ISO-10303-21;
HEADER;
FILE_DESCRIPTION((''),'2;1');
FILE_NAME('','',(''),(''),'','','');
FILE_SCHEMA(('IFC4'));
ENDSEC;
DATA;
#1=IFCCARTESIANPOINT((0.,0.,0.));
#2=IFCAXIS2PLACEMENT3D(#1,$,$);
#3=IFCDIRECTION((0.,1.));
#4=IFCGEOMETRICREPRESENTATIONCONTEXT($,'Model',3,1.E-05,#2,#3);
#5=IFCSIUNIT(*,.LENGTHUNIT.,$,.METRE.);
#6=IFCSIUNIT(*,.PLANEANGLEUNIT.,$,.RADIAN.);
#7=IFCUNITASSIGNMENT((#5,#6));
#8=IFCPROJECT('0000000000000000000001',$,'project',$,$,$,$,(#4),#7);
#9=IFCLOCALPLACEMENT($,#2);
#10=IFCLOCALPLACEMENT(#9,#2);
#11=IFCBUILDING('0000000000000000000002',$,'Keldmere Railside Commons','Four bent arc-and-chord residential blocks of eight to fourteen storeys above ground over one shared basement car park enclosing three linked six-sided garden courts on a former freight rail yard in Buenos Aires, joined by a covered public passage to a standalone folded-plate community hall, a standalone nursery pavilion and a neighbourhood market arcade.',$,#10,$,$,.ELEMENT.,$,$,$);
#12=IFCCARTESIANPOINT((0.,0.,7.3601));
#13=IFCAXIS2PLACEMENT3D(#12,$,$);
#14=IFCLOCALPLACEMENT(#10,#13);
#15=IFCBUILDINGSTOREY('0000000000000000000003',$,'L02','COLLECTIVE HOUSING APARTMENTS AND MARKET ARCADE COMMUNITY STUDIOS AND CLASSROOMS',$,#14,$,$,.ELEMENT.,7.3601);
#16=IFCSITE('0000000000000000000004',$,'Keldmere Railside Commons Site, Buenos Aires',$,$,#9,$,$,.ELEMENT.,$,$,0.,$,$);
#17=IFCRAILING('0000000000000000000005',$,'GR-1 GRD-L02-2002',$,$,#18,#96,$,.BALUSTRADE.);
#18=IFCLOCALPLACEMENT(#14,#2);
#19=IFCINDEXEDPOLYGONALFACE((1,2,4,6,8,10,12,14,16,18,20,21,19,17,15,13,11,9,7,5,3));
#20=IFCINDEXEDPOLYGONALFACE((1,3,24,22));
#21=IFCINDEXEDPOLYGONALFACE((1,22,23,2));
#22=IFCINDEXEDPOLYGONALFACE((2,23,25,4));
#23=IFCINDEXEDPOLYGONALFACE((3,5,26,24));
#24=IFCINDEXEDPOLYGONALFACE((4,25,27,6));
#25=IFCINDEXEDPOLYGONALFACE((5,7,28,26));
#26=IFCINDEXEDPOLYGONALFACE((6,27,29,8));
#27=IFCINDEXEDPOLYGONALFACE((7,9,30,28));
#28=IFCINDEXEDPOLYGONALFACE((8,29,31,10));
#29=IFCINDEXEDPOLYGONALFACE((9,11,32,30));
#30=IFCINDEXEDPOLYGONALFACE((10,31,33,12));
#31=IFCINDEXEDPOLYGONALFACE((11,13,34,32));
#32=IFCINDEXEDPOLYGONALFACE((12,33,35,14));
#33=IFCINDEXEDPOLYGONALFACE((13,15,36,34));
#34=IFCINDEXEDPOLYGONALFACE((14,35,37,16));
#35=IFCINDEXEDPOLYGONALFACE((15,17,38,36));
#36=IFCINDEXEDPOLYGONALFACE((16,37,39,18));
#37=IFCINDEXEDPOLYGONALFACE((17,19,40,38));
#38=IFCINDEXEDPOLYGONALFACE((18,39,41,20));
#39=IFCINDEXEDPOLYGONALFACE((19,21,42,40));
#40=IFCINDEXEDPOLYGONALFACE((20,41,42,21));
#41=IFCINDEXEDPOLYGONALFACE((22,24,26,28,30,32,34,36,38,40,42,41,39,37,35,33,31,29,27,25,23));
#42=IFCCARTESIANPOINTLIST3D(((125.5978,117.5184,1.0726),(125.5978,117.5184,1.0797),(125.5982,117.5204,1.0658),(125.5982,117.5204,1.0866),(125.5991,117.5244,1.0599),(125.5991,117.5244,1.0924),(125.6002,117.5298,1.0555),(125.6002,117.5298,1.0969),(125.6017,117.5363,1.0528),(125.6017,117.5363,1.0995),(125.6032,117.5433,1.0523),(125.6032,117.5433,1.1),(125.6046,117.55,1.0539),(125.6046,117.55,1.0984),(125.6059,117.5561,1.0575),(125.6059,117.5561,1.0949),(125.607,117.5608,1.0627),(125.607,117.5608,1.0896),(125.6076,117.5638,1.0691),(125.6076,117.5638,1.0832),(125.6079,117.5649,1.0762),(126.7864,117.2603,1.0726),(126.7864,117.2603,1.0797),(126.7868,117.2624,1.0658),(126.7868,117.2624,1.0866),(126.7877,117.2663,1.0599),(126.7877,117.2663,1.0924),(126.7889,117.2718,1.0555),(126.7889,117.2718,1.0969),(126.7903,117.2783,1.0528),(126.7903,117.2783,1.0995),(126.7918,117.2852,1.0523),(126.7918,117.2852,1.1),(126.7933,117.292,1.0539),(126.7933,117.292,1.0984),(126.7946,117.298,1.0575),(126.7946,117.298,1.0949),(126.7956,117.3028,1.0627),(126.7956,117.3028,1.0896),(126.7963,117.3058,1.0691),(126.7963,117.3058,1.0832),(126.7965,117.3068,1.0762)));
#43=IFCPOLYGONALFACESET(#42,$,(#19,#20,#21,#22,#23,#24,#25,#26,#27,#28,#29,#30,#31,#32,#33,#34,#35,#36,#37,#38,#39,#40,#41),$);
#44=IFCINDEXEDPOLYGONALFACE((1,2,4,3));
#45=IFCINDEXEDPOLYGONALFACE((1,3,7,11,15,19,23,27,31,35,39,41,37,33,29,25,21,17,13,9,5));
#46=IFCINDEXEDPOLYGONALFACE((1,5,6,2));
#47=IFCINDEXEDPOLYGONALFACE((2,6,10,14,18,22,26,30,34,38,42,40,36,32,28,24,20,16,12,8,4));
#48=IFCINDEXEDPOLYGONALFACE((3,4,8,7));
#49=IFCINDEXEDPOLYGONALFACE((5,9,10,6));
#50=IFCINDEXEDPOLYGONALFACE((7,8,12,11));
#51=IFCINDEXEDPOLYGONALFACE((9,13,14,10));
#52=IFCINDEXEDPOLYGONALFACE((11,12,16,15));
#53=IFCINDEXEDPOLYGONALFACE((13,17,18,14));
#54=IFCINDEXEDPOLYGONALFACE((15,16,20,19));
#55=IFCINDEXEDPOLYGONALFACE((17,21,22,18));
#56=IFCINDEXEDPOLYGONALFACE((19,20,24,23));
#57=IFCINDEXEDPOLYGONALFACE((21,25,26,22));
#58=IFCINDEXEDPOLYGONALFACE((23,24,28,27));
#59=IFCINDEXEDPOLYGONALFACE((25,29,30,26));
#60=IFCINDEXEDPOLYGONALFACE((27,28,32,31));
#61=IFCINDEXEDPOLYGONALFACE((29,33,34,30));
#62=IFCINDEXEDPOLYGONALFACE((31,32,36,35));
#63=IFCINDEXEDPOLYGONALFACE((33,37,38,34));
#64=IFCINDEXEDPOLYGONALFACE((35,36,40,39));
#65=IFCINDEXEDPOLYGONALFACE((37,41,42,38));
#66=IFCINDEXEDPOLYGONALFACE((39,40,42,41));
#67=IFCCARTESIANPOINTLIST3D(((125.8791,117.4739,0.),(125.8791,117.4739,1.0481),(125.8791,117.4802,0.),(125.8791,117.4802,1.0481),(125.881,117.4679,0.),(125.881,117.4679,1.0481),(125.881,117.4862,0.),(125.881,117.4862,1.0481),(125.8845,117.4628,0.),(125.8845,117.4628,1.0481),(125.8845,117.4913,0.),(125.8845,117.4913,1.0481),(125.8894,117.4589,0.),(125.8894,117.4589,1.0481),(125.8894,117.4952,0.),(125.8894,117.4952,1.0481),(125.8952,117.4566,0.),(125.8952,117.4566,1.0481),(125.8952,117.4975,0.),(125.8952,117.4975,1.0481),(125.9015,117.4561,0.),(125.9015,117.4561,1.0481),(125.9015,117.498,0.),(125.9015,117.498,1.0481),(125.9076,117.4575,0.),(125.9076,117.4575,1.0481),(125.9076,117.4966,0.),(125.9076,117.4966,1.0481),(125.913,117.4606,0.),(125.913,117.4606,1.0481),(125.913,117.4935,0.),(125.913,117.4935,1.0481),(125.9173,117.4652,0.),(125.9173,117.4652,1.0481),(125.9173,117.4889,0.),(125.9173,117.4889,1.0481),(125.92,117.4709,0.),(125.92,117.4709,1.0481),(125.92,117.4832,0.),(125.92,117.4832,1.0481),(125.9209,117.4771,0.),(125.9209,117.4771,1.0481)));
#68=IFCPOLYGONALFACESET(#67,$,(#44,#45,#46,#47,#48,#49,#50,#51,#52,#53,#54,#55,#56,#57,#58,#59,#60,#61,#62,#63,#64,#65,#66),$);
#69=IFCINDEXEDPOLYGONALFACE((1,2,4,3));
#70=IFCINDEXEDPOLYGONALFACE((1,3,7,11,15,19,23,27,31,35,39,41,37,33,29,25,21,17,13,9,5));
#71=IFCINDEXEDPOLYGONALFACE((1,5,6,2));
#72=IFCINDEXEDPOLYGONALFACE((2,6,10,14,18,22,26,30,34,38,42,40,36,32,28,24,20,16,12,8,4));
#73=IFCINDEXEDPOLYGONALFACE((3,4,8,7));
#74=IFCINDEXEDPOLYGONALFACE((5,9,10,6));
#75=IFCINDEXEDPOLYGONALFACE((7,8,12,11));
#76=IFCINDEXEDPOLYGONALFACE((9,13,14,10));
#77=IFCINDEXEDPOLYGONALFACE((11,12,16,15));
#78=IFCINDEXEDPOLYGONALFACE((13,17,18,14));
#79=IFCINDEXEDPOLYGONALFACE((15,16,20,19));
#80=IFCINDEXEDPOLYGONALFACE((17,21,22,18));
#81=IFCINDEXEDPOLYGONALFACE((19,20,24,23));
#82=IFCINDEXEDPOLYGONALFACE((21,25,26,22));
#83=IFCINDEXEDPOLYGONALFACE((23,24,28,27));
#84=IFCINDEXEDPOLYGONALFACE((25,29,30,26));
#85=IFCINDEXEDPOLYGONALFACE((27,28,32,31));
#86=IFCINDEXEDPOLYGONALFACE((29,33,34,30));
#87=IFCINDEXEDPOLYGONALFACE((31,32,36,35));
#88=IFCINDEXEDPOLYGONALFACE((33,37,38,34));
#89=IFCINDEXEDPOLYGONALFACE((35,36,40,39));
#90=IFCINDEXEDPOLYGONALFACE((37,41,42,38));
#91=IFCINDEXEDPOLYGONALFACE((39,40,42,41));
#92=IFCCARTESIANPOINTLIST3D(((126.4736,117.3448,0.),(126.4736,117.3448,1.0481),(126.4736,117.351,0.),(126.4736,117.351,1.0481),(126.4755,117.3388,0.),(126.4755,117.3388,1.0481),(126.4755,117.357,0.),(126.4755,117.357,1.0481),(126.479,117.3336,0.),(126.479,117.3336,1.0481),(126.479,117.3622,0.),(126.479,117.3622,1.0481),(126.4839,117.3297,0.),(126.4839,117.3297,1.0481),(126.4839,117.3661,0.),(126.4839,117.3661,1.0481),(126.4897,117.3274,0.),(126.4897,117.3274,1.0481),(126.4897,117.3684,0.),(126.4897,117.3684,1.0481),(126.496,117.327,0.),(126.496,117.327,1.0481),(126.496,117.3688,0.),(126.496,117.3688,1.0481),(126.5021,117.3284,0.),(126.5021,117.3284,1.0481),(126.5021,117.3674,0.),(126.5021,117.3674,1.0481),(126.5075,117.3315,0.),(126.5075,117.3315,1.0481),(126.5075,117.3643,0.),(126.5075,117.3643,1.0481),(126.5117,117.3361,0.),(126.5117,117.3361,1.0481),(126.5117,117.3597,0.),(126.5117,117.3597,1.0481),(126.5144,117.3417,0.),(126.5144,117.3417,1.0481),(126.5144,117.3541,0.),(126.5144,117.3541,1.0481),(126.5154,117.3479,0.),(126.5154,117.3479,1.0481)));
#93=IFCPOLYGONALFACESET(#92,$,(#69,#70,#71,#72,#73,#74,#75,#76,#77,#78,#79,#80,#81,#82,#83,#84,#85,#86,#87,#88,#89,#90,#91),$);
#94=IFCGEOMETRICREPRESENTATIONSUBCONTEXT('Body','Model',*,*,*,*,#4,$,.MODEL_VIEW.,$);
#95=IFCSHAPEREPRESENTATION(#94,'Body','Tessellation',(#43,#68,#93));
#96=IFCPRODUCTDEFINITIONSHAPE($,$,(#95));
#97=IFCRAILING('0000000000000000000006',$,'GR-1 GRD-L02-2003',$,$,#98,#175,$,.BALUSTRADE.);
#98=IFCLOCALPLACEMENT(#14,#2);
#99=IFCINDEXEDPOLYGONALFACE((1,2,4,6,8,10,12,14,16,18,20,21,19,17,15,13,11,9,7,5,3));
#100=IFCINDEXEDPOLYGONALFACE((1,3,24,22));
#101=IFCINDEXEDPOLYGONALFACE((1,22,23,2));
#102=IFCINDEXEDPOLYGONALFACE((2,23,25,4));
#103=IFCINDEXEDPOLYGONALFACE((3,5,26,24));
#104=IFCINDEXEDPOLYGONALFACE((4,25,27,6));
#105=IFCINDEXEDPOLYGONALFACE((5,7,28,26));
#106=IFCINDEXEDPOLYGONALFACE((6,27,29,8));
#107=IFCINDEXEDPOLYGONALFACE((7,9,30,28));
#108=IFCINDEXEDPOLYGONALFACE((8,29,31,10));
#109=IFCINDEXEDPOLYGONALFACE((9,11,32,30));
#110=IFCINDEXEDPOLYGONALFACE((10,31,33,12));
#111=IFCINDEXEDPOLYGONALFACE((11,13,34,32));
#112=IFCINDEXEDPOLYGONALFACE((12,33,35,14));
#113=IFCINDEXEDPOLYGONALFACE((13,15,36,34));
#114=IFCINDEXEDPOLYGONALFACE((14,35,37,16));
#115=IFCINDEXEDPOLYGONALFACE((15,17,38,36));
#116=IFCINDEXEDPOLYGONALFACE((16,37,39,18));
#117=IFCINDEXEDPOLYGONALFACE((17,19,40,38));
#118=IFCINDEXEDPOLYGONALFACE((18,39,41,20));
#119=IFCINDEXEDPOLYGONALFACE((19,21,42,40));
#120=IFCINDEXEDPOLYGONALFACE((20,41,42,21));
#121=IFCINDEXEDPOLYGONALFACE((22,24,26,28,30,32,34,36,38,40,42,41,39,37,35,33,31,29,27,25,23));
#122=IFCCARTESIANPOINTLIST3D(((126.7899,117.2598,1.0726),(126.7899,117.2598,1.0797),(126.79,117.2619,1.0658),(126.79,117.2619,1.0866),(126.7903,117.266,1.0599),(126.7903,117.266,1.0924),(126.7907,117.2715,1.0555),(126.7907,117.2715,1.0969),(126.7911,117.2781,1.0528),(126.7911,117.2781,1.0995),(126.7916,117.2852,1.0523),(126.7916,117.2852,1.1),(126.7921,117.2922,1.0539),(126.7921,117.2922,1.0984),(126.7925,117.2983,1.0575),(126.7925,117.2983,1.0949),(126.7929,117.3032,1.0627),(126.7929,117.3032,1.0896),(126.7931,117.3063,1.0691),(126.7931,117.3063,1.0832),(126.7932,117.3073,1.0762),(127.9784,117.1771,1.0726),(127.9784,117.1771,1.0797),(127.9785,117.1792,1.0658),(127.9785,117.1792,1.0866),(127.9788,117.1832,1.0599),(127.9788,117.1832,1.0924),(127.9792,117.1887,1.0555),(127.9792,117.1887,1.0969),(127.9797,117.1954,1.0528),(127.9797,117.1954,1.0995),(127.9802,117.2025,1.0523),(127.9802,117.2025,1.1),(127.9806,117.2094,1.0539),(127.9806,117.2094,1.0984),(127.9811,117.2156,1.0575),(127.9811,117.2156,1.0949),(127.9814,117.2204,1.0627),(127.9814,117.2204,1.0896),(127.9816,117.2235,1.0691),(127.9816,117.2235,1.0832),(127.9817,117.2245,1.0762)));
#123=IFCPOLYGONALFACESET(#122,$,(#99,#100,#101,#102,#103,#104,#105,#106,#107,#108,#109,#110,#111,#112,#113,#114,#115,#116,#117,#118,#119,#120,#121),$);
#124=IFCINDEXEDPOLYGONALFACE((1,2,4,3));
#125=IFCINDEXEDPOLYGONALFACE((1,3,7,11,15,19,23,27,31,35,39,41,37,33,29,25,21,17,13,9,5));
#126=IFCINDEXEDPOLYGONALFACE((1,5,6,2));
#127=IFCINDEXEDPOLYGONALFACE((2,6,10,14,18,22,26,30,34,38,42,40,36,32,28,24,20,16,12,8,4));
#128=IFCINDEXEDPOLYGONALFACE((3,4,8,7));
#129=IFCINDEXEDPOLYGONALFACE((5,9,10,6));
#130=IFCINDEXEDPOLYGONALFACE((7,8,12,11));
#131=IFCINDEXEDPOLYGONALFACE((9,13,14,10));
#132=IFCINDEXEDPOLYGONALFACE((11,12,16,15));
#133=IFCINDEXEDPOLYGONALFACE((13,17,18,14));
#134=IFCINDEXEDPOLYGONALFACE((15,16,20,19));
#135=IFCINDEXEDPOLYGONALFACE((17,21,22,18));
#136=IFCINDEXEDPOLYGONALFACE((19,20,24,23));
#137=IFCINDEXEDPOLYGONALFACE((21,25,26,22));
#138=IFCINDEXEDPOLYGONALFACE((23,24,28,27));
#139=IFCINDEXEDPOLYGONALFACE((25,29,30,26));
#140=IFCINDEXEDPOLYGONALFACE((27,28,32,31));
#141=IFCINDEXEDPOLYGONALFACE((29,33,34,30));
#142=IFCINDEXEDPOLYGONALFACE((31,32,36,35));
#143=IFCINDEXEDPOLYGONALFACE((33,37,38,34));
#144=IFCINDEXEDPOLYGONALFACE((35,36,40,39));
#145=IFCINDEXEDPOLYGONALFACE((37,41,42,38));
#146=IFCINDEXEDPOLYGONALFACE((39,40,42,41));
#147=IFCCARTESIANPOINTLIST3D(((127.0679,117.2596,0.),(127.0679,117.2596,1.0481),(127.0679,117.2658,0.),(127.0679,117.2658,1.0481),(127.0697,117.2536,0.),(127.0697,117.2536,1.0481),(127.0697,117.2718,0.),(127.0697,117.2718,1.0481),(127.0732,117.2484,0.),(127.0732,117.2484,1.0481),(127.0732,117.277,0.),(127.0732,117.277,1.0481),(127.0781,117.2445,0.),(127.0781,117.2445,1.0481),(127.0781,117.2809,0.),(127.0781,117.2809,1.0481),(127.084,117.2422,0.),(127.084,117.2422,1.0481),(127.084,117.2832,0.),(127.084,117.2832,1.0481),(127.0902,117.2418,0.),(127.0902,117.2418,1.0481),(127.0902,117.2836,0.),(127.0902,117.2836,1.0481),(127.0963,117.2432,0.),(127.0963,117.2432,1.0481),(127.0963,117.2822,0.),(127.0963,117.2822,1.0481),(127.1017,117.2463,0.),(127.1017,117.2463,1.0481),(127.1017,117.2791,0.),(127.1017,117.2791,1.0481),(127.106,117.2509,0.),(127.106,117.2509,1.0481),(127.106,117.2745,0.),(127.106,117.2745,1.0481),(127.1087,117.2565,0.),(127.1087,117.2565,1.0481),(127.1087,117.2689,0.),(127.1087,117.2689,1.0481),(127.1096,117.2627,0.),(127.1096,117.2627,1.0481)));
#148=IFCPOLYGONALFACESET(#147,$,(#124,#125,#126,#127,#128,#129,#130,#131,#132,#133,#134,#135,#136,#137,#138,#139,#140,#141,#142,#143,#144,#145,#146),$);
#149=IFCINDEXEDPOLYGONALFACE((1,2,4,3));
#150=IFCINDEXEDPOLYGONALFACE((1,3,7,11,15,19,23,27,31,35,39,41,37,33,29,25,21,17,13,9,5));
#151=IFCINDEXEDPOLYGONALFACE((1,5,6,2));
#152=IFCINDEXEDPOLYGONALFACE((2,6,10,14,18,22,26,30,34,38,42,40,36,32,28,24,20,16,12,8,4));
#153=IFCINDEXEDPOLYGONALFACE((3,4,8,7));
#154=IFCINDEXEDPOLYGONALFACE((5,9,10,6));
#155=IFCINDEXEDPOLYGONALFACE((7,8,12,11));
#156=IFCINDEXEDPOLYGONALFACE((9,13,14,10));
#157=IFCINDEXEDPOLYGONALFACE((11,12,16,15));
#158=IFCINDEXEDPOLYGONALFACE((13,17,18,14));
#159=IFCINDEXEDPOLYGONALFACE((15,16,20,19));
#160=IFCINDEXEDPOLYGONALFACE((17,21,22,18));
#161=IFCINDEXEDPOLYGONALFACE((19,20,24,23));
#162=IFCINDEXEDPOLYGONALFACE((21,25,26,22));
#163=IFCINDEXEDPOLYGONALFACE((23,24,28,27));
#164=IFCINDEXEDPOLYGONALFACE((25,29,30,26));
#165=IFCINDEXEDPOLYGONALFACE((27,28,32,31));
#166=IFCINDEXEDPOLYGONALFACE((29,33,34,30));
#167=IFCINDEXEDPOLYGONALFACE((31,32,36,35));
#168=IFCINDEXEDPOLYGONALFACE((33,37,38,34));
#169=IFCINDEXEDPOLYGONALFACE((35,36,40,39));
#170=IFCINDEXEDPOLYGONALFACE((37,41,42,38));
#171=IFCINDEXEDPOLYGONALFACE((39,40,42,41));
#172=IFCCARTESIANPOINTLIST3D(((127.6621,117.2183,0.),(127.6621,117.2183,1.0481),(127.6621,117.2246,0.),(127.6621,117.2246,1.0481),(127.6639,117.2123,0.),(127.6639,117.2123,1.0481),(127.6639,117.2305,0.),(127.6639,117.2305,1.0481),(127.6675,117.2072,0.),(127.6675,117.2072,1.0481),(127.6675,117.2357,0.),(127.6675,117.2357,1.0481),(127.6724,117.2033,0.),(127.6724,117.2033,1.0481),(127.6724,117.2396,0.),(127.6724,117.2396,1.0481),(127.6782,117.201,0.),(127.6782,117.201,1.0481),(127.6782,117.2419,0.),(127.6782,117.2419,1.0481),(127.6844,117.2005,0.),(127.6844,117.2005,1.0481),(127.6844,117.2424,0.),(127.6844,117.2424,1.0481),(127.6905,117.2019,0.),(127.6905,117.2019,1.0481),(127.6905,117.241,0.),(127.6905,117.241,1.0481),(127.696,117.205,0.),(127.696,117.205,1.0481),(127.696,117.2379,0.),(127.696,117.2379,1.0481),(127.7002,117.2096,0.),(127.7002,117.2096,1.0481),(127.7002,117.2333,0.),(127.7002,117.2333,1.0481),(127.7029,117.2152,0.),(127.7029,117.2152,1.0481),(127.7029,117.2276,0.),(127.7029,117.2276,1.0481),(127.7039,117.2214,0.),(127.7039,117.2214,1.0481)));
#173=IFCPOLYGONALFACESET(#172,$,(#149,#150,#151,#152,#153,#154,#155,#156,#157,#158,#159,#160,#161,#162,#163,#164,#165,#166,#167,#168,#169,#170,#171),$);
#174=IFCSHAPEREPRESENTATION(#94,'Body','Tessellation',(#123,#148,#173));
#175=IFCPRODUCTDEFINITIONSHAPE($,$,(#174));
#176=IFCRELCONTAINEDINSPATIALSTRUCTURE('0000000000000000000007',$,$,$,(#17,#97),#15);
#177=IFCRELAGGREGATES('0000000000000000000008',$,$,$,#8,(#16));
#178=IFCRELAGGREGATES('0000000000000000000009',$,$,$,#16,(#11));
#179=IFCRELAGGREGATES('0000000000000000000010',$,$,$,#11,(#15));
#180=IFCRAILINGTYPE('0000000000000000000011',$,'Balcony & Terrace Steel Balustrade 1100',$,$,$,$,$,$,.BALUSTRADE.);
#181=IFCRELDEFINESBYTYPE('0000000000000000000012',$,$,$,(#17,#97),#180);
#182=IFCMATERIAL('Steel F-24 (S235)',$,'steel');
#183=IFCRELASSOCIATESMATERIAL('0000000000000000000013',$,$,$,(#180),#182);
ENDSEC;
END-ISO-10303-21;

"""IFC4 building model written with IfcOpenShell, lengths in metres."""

from ifc_helpers import new_model, si_unit, direction, frame, origin, origin_2d, place, context, subcontext, project, spatial, circle, extrude, material, type_object, element, save


model = new_model("IFC4")

# Units and contexts
model_context = context("Model", 3, precision=1e-05, world=origin(), true_north=direction((0.0, 1.0)))
body_context = subcontext(model_context, "Body", "Model", "MODEL_VIEW")
ifc_project = project(units=[si_unit("LENGTHUNIT", "METRE"), si_unit("PLANEANGLEUNIT", "RADIAN")], contexts=[model_context])

# Site, building, storey
site_placement = place(None, origin())
site = spatial("IfcSite", under=ifc_project, at=site_placement, Name="Keldmere Railside Commons Site, Buenos Aires", CompositionType="ELEMENT", RefElevation=0.0)
building_placement = place(site_placement, origin())
building = spatial("IfcBuilding", under=site, at=building_placement, Name="Keldmere Railside Commons", Description="Four bent arc-and-chord residential blocks of eight to fourteen storeys above ground over one shared basement car park enclosing three linked six-sided garden courts on a former freight rail yard in Buenos Aires, joined by a covered public passage to a standalone folded-plate community hall, a standalone nursery pavilion and a neighbourhood market arcade.", CompositionType="ELEMENT")
storey_placement = place(building_placement, frame((0.0, 0.0, 7.3601)))
storey = spatial("IfcBuildingStorey", under=building, at=storey_placement, Name="L02", Description="COLLECTIVE HOUSING APARTMENTS AND MARKET ARCADE COMMUNITY STUDIOS AND CLASSROOMS", CompositionType="ELEMENT", Elevation=7.3601)

# Railings
ifc_material_1 = material(Name="Steel F-24 (S235)", Category="steel")
railing_type = type_object("IfcRailingType", Name="Balcony & Terrace Steel Balustrade 1100", PredefinedType="BALUSTRADE", material=ifc_material_1)
railing_1_placement = place(storey_placement, frame((125.6028, 117.5415, 0.0)))
element("IfcRailing", 1, at=railing_1_placement, inside=storey, type_object=railing_type, Name="GR-1 GRD-L02-2002", PredefinedType="BALUSTRADE", context=body_context, shape_type="SweptSolid", body=[
    extrude(circle(Radius=0.0239, at=origin_2d()), frame((0.0, 0.0, 1.0762), z_axis=(0.977238, -0.212146, 0.0), x_axis=(0.212146, 0.977238, 0.0)), (0.0, 0.0, 1.0), 1.2163),
    extrude(circle(Radius=0.021, at=origin_2d()), frame((0.2971, -0.0645, 0.0)), (0.0, 0.0, 1.0), 1.0481),
    extrude(circle(Radius=0.021, at=origin_2d()), frame((0.8916, -0.1936, 0.0)), (0.0, 0.0, 1.0), 1.0481),
])
railing_2_placement = place(storey_placement, frame((126.7915, 117.2834, 0.0)))
element("IfcRailing", 2, at=railing_2_placement, inside=storey, type_object=railing_type, Name="GR-1 GRD-L02-2003", PredefinedType="BALUSTRADE", context=body_context, shape_type="SweptSolid", body=[
    extrude(circle(Radius=0.0239, at=origin_2d()), frame((0.0, 0.0, 1.0762), z_axis=(0.997584, -0.06947, 0.0), x_axis=(0.06947, 0.997584, 0.0)), (0.0, 0.0, 1.0), 1.1914),
    extrude(circle(Radius=0.021, at=origin_2d()), frame((0.2971, -0.0208, 0.0)), (0.0, 0.0, 1.0), 1.0481),
    extrude(circle(Radius=0.021, at=origin_2d()), frame((0.8914, -0.062, 0.0)), (0.0, 0.0, 1.0), 1.0481),
])

save(model, "model.ifc")
